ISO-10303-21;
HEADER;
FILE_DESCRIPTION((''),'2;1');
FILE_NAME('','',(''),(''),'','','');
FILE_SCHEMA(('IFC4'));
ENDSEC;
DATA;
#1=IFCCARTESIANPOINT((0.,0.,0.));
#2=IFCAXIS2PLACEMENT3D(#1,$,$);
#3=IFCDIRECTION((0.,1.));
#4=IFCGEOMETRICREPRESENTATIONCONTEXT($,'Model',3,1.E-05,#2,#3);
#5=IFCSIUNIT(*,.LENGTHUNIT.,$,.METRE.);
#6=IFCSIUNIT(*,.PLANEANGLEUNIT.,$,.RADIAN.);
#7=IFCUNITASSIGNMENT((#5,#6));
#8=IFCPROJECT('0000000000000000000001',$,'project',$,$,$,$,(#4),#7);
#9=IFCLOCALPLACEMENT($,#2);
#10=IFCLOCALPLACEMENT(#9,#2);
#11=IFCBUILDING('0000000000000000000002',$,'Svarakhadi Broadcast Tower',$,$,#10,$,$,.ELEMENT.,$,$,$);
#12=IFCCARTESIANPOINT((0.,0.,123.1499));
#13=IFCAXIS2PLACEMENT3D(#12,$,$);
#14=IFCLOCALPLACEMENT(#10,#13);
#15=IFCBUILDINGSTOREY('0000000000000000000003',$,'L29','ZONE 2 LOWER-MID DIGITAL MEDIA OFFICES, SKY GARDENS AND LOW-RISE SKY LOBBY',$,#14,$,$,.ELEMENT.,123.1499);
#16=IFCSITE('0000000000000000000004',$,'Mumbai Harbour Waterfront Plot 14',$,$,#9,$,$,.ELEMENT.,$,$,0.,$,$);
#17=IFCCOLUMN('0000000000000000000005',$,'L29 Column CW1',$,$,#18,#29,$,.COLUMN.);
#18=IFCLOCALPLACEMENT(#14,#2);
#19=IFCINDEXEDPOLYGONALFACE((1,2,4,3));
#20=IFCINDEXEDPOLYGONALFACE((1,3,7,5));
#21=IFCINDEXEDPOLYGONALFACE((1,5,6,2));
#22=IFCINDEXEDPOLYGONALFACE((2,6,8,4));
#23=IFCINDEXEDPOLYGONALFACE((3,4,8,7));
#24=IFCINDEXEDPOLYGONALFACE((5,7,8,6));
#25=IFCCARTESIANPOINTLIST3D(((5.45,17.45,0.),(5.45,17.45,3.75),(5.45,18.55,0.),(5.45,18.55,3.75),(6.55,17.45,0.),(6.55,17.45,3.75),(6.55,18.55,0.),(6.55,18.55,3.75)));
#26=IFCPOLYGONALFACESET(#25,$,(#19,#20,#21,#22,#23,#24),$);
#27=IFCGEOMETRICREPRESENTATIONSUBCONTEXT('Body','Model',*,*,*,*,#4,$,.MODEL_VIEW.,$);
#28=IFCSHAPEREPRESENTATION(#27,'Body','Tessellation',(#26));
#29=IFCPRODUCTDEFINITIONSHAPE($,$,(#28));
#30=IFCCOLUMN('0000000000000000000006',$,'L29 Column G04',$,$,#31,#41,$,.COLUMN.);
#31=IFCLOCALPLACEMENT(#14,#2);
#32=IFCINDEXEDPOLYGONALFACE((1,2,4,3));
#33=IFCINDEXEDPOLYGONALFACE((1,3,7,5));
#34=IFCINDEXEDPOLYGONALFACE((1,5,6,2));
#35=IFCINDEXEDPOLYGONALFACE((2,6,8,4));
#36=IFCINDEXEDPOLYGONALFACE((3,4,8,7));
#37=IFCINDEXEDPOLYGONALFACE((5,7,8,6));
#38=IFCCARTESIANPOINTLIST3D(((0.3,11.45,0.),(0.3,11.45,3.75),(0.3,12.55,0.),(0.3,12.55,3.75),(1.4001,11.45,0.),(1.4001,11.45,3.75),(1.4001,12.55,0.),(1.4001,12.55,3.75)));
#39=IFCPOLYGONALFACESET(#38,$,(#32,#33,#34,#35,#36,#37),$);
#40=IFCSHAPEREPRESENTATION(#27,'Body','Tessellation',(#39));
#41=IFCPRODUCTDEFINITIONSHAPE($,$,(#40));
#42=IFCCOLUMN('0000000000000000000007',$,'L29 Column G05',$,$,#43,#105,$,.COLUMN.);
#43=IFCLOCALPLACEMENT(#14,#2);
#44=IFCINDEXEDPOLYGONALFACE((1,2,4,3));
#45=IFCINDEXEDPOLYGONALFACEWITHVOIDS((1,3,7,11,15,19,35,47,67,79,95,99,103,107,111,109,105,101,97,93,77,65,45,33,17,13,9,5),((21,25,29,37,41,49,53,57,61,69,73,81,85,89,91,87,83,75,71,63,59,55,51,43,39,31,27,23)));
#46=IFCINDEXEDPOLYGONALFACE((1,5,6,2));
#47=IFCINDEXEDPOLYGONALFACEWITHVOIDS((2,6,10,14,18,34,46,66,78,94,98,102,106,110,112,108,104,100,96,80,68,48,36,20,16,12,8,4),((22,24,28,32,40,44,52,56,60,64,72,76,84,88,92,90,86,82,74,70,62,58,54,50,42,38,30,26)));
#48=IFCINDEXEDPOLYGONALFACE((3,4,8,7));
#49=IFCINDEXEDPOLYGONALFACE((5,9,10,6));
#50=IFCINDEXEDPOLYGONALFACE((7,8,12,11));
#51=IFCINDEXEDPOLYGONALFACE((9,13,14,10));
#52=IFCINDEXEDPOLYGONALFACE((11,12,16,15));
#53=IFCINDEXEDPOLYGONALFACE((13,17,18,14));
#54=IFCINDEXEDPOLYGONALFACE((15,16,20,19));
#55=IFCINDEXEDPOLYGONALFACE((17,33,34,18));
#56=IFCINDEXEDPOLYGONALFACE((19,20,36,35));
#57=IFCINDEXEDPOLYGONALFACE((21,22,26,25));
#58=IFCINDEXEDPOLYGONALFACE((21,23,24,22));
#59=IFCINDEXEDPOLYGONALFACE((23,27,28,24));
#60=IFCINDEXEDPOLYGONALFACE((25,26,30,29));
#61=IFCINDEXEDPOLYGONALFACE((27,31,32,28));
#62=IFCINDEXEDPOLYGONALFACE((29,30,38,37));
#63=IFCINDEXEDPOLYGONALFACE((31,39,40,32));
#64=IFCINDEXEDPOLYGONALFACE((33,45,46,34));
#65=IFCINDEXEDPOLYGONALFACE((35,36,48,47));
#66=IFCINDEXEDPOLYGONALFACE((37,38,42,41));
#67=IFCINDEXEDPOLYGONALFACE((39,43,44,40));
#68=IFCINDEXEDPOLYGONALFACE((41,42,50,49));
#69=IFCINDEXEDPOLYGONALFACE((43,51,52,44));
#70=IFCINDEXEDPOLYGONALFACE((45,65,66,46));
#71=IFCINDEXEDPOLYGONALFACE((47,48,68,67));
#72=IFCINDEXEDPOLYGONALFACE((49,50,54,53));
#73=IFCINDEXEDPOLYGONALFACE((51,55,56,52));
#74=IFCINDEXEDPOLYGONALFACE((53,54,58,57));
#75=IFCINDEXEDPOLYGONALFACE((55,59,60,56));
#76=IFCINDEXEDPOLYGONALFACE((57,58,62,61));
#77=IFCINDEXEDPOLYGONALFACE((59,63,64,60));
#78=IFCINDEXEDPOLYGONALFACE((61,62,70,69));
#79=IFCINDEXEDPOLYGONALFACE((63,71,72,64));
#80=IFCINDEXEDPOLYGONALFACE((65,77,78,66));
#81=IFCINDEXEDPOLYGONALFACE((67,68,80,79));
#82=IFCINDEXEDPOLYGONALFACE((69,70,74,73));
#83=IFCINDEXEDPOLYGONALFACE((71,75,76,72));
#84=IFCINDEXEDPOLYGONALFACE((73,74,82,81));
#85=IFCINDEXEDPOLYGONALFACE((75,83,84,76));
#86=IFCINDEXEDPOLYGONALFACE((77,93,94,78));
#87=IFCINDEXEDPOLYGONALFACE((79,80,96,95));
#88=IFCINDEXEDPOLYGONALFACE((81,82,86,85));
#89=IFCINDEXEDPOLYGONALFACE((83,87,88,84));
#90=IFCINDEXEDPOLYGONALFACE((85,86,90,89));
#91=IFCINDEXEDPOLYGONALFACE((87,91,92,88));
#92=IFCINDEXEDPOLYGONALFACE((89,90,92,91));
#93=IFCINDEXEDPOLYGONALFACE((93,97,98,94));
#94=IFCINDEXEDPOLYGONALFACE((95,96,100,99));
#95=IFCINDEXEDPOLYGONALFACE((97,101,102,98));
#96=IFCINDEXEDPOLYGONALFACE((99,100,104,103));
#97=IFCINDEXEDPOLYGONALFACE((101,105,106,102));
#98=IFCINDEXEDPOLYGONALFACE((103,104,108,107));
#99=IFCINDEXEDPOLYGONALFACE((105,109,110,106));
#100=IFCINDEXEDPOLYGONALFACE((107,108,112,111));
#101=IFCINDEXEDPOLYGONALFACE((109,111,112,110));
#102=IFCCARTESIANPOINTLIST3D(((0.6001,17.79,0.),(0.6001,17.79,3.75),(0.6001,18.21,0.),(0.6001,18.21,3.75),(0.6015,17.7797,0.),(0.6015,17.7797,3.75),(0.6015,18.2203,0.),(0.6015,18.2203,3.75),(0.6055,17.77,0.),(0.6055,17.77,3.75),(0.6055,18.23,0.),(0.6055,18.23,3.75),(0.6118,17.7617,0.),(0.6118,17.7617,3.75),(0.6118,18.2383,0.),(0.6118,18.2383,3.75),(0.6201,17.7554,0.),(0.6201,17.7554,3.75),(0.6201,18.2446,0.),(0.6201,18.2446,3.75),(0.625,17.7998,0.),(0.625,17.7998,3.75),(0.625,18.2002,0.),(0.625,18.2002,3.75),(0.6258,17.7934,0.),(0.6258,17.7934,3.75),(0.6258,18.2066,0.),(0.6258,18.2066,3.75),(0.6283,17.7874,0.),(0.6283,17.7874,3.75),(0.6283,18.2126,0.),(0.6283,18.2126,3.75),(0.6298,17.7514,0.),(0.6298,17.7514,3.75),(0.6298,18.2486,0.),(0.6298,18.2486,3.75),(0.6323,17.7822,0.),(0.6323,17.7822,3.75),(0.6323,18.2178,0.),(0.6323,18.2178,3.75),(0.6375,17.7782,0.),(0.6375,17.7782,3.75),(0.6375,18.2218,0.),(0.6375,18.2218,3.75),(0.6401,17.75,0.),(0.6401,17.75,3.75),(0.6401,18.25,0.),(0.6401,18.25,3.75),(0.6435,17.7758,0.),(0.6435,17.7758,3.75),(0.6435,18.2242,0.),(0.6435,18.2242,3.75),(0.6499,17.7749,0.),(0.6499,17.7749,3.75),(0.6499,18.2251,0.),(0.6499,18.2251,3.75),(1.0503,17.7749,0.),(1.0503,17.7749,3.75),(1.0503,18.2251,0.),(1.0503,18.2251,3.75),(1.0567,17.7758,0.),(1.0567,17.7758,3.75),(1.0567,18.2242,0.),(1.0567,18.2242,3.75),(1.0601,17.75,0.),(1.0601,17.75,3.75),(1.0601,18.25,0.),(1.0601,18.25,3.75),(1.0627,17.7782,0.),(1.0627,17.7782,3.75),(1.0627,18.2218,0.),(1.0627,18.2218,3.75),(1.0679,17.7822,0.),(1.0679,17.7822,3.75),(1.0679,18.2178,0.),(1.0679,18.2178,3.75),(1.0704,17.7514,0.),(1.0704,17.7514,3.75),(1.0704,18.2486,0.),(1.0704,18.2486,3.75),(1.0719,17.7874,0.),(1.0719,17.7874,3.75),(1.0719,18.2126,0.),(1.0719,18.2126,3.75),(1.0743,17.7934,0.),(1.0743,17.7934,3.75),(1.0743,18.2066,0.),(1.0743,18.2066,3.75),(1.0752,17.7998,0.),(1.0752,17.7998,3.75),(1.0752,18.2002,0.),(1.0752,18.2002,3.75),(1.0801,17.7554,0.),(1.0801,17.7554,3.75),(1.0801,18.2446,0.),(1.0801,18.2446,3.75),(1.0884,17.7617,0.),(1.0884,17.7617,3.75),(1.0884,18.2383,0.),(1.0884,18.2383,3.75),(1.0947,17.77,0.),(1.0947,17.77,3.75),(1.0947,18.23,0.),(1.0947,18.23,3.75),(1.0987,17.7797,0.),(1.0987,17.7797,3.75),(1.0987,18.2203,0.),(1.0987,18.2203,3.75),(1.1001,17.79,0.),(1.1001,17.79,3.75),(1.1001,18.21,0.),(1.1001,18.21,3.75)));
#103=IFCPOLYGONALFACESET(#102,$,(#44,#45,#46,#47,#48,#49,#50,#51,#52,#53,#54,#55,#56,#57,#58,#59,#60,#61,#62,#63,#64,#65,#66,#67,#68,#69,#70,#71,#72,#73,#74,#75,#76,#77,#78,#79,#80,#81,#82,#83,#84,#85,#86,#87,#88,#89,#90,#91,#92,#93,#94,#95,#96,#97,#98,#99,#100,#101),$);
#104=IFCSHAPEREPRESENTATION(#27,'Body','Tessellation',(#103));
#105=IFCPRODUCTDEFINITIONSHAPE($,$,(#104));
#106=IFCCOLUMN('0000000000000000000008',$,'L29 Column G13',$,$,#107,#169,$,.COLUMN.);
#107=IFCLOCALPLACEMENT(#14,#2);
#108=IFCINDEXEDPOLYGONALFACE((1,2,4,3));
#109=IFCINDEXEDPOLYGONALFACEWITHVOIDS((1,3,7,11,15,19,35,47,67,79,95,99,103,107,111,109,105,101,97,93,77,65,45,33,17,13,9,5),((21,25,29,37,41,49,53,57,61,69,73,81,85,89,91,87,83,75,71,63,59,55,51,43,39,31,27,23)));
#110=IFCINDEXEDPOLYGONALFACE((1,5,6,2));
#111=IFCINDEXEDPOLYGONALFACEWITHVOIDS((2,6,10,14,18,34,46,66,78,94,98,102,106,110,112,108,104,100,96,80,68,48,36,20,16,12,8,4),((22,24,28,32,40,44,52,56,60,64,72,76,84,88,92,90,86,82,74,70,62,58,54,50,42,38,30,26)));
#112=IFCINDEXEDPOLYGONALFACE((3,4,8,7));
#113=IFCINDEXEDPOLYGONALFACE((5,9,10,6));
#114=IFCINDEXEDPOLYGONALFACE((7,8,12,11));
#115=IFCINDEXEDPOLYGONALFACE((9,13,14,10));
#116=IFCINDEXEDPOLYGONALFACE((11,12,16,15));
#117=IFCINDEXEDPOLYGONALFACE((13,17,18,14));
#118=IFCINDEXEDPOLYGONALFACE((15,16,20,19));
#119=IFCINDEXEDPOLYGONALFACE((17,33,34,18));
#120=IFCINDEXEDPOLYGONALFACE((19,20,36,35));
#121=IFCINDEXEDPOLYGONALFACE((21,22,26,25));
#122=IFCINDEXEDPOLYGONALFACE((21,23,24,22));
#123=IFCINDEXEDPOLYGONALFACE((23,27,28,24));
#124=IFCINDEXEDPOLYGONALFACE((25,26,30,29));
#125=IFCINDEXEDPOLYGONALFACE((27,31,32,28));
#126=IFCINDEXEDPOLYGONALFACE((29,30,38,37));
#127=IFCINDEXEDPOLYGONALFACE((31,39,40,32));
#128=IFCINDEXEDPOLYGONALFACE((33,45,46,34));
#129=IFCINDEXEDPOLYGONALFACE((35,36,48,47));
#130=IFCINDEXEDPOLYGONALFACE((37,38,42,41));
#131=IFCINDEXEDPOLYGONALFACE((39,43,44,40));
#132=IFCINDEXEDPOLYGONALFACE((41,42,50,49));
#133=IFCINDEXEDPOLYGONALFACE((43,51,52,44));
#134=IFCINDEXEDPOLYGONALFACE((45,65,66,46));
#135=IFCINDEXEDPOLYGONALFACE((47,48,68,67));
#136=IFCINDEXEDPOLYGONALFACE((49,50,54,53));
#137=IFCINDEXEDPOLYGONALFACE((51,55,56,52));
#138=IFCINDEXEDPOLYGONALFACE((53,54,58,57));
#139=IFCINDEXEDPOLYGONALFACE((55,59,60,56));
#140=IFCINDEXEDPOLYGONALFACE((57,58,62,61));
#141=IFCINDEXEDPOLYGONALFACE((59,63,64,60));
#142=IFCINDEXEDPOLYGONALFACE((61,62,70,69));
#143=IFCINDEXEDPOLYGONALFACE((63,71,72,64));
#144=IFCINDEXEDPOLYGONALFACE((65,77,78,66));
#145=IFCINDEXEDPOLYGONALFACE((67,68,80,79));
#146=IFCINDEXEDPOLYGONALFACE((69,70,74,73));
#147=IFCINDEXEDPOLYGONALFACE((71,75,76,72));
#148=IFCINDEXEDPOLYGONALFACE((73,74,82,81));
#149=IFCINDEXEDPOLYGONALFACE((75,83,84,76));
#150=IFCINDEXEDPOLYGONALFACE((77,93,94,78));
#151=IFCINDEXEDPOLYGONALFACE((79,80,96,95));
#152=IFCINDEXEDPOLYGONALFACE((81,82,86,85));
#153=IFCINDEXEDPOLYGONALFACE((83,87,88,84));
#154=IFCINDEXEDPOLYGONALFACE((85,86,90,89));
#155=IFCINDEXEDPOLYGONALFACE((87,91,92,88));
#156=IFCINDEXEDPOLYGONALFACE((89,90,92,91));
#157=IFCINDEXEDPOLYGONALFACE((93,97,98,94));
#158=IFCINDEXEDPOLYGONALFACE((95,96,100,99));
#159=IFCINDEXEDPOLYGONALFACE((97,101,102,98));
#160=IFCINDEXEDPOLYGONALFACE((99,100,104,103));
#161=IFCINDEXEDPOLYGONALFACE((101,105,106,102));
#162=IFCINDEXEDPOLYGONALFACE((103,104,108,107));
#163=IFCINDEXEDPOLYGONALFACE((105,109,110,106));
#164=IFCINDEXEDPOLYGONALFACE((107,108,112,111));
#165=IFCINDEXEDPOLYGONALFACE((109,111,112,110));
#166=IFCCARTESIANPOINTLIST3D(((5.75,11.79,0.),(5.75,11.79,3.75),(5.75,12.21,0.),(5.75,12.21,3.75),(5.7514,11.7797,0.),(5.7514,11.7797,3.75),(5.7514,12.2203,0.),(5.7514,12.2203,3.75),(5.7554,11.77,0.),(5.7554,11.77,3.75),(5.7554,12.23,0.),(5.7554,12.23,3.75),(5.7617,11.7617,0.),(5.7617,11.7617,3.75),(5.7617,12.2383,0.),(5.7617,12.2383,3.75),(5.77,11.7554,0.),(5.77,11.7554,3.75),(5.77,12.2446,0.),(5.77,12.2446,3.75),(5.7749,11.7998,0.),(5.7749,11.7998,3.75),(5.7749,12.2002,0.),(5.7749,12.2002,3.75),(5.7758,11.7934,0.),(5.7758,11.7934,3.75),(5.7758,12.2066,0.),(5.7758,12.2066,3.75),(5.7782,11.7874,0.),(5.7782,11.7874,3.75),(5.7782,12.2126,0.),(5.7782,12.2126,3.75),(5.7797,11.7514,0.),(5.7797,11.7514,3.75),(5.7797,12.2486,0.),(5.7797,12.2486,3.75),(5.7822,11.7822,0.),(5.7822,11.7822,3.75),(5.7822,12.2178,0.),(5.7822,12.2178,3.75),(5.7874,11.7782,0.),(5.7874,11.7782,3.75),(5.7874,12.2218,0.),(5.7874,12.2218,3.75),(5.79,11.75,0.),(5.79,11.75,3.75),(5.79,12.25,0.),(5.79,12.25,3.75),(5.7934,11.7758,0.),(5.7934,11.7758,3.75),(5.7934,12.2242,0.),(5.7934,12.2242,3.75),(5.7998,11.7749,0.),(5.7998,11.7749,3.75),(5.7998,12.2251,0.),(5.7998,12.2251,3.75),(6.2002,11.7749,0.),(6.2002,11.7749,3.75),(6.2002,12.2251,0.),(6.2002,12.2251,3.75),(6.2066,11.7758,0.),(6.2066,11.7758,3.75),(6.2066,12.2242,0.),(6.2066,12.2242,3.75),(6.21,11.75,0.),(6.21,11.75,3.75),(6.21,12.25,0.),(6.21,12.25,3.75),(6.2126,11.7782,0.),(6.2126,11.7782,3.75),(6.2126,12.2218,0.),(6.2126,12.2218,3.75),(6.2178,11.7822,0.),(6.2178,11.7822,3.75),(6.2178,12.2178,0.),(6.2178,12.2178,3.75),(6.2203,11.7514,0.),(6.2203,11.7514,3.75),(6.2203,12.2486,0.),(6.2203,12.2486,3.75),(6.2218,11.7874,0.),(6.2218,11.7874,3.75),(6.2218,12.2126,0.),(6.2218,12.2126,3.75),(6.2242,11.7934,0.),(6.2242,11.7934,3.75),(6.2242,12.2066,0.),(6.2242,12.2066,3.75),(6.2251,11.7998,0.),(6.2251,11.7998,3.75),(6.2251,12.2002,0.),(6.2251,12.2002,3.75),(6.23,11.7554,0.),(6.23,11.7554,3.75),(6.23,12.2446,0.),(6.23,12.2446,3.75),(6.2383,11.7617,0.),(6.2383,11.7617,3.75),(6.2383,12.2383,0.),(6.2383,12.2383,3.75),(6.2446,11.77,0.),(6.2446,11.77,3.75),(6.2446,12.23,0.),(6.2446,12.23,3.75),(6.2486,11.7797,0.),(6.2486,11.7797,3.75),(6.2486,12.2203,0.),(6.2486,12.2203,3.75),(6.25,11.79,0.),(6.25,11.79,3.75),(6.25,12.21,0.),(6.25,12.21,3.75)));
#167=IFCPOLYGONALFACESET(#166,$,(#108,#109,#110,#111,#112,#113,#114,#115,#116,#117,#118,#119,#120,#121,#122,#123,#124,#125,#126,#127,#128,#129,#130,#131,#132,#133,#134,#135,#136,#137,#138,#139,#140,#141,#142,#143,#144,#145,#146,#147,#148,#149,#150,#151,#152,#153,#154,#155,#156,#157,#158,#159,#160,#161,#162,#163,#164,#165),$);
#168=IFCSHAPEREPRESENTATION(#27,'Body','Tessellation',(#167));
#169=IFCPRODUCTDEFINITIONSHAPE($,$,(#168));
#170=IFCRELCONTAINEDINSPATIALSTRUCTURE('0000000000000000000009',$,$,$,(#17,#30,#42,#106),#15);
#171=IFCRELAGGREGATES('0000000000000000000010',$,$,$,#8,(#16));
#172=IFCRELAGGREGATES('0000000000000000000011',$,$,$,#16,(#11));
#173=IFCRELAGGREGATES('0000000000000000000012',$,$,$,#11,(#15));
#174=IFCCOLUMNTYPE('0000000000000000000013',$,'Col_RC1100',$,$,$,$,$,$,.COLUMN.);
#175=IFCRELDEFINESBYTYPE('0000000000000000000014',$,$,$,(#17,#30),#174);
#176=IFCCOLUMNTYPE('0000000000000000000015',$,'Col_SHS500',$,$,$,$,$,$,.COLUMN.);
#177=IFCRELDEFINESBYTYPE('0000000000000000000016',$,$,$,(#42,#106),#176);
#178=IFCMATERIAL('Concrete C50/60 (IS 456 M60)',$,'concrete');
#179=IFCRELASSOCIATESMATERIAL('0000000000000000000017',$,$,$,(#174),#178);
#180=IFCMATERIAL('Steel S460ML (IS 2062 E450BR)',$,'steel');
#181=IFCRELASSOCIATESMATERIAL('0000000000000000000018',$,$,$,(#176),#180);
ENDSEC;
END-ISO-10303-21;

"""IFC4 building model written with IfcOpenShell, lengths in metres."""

from ifc_helpers import new_model, si_unit, direction, frame, origin, origin_2d, place, context, subcontext, project, spatial, rectangle, hollow_rectangle, extrude, material, material_profile, profile_set, type_object, element, save


model = new_model("IFC4")

# Units and contexts
model_context = context("Model", 3, precision=1e-05, world=origin(), true_north=direction((0.0, 1.0)))
body_context = subcontext(model_context, "Body", "Model", "MODEL_VIEW")
ifc_project = project(units=[si_unit("LENGTHUNIT", "METRE"), si_unit("PLANEANGLEUNIT", "RADIAN")], contexts=[model_context])

# Site, building, storey
site_placement = place(None, origin())
site = spatial("IfcSite", under=ifc_project, at=site_placement, Name="Mumbai Harbour Waterfront Plot 14", CompositionType="ELEMENT", RefElevation=0.0)
building_placement = place(site_placement, origin())
building = spatial("IfcBuilding", under=site, at=building_placement, Name="Svarakhadi Broadcast Tower", CompositionType="ELEMENT")
storey_placement = place(building_placement, frame((0.0, 0.0, 123.1499)))
storey = spatial("IfcBuildingStorey", under=building, at=storey_placement, Name="L29", Description="ZONE 2 LOWER-MID DIGITAL MEDIA OFFICES, SKY GARDENS AND LOW-RISE SKY LOBBY", CompositionType="ELEMENT", Elevation=123.1499)

# Columns
ifc_material_1 = material(Name="Concrete C50/60 (IS 456 M60)", Category="concrete")
ifc_material_profile_1 = material_profile(ifc_material_1, rectangle(XDim=1.1001, YDim=1.1001, at=origin_2d()), Name="RC 1100x1100")
ifc_profile_set_1 = profile_set([ifc_material_profile_1], Name="Concrete C50/60 (IS 456 M60)")
column_type_1 = type_object("IfcColumnType", Name="Col_RC1100", PredefinedType="COLUMN", material=ifc_profile_set_1)
for number, where, z_axis, x_axis, name in (
    (1, (6.0, 18.0, 0.0), (0.0, 0.0, 1.0), (1.0, 0.0, 0.0), "L29 Column CW1"),
    (2, (0.8501, 12.0, 0.0), (0.0, 0.0, 1.0), (1.0, 0.0, 0.0), "L29 Column G04"),
):
    element("IfcColumn", number, at=place(storey_placement, frame(where, z_axis=z_axis, x_axis=x_axis)), inside=storey, type_object=column_type_1, Name=name, PredefinedType="COLUMN", context=body_context, shape_type="SweptSolid", body=[
        extrude(rectangle(XDim=1.1001, YDim=1.1001, at=origin_2d()), origin(), (0.0, 0.0, 1.0), 3.75),
    ])
ifc_material_2 = material(Name="Steel S460ML (IS 2062 E450BR)", Category="steel")
ifc_material_profile_2 = material_profile(ifc_material_2, hollow_rectangle(XDim=0.5, YDim=0.5, WallThickness=0.0249, InnerFilletRadius=0.0249, OuterFilletRadius=0.04, at=origin_2d()), Name="SHS 500x500x25")
ifc_profile_set_2 = profile_set([ifc_material_profile_2], Name="Steel S460ML (IS 2062 E450BR)")
column_type_2 = type_object("IfcColumnType", Name="Col_SHS500", PredefinedType="COLUMN", material=ifc_profile_set_2)
for number, where, z_axis, x_axis, name in (
    (3, (0.8501, 18.0, 0.0), (0.0, 0.0, 1.0), (1.0, 0.0, 0.0), "L29 Column G05"),
    (4, (6.0, 12.0, 0.0), (0.0, 0.0, 1.0), (1.0, 0.0, 0.0), "L29 Column G13"),
):
    element("IfcColumn", number, at=place(storey_placement, frame(where, z_axis=z_axis, x_axis=x_axis)), inside=storey, type_object=column_type_2, Name=name, PredefinedType="COLUMN", context=body_context, shape_type="SweptSolid", body=[
        extrude(hollow_rectangle(XDim=0.5, YDim=0.5, WallThickness=0.0249, InnerFilletRadius=0.0249, OuterFilletRadius=0.04, at=origin_2d()), origin(), (0.0, 0.0, 1.0), 3.75),
    ])

save(model, "model.ifc")
